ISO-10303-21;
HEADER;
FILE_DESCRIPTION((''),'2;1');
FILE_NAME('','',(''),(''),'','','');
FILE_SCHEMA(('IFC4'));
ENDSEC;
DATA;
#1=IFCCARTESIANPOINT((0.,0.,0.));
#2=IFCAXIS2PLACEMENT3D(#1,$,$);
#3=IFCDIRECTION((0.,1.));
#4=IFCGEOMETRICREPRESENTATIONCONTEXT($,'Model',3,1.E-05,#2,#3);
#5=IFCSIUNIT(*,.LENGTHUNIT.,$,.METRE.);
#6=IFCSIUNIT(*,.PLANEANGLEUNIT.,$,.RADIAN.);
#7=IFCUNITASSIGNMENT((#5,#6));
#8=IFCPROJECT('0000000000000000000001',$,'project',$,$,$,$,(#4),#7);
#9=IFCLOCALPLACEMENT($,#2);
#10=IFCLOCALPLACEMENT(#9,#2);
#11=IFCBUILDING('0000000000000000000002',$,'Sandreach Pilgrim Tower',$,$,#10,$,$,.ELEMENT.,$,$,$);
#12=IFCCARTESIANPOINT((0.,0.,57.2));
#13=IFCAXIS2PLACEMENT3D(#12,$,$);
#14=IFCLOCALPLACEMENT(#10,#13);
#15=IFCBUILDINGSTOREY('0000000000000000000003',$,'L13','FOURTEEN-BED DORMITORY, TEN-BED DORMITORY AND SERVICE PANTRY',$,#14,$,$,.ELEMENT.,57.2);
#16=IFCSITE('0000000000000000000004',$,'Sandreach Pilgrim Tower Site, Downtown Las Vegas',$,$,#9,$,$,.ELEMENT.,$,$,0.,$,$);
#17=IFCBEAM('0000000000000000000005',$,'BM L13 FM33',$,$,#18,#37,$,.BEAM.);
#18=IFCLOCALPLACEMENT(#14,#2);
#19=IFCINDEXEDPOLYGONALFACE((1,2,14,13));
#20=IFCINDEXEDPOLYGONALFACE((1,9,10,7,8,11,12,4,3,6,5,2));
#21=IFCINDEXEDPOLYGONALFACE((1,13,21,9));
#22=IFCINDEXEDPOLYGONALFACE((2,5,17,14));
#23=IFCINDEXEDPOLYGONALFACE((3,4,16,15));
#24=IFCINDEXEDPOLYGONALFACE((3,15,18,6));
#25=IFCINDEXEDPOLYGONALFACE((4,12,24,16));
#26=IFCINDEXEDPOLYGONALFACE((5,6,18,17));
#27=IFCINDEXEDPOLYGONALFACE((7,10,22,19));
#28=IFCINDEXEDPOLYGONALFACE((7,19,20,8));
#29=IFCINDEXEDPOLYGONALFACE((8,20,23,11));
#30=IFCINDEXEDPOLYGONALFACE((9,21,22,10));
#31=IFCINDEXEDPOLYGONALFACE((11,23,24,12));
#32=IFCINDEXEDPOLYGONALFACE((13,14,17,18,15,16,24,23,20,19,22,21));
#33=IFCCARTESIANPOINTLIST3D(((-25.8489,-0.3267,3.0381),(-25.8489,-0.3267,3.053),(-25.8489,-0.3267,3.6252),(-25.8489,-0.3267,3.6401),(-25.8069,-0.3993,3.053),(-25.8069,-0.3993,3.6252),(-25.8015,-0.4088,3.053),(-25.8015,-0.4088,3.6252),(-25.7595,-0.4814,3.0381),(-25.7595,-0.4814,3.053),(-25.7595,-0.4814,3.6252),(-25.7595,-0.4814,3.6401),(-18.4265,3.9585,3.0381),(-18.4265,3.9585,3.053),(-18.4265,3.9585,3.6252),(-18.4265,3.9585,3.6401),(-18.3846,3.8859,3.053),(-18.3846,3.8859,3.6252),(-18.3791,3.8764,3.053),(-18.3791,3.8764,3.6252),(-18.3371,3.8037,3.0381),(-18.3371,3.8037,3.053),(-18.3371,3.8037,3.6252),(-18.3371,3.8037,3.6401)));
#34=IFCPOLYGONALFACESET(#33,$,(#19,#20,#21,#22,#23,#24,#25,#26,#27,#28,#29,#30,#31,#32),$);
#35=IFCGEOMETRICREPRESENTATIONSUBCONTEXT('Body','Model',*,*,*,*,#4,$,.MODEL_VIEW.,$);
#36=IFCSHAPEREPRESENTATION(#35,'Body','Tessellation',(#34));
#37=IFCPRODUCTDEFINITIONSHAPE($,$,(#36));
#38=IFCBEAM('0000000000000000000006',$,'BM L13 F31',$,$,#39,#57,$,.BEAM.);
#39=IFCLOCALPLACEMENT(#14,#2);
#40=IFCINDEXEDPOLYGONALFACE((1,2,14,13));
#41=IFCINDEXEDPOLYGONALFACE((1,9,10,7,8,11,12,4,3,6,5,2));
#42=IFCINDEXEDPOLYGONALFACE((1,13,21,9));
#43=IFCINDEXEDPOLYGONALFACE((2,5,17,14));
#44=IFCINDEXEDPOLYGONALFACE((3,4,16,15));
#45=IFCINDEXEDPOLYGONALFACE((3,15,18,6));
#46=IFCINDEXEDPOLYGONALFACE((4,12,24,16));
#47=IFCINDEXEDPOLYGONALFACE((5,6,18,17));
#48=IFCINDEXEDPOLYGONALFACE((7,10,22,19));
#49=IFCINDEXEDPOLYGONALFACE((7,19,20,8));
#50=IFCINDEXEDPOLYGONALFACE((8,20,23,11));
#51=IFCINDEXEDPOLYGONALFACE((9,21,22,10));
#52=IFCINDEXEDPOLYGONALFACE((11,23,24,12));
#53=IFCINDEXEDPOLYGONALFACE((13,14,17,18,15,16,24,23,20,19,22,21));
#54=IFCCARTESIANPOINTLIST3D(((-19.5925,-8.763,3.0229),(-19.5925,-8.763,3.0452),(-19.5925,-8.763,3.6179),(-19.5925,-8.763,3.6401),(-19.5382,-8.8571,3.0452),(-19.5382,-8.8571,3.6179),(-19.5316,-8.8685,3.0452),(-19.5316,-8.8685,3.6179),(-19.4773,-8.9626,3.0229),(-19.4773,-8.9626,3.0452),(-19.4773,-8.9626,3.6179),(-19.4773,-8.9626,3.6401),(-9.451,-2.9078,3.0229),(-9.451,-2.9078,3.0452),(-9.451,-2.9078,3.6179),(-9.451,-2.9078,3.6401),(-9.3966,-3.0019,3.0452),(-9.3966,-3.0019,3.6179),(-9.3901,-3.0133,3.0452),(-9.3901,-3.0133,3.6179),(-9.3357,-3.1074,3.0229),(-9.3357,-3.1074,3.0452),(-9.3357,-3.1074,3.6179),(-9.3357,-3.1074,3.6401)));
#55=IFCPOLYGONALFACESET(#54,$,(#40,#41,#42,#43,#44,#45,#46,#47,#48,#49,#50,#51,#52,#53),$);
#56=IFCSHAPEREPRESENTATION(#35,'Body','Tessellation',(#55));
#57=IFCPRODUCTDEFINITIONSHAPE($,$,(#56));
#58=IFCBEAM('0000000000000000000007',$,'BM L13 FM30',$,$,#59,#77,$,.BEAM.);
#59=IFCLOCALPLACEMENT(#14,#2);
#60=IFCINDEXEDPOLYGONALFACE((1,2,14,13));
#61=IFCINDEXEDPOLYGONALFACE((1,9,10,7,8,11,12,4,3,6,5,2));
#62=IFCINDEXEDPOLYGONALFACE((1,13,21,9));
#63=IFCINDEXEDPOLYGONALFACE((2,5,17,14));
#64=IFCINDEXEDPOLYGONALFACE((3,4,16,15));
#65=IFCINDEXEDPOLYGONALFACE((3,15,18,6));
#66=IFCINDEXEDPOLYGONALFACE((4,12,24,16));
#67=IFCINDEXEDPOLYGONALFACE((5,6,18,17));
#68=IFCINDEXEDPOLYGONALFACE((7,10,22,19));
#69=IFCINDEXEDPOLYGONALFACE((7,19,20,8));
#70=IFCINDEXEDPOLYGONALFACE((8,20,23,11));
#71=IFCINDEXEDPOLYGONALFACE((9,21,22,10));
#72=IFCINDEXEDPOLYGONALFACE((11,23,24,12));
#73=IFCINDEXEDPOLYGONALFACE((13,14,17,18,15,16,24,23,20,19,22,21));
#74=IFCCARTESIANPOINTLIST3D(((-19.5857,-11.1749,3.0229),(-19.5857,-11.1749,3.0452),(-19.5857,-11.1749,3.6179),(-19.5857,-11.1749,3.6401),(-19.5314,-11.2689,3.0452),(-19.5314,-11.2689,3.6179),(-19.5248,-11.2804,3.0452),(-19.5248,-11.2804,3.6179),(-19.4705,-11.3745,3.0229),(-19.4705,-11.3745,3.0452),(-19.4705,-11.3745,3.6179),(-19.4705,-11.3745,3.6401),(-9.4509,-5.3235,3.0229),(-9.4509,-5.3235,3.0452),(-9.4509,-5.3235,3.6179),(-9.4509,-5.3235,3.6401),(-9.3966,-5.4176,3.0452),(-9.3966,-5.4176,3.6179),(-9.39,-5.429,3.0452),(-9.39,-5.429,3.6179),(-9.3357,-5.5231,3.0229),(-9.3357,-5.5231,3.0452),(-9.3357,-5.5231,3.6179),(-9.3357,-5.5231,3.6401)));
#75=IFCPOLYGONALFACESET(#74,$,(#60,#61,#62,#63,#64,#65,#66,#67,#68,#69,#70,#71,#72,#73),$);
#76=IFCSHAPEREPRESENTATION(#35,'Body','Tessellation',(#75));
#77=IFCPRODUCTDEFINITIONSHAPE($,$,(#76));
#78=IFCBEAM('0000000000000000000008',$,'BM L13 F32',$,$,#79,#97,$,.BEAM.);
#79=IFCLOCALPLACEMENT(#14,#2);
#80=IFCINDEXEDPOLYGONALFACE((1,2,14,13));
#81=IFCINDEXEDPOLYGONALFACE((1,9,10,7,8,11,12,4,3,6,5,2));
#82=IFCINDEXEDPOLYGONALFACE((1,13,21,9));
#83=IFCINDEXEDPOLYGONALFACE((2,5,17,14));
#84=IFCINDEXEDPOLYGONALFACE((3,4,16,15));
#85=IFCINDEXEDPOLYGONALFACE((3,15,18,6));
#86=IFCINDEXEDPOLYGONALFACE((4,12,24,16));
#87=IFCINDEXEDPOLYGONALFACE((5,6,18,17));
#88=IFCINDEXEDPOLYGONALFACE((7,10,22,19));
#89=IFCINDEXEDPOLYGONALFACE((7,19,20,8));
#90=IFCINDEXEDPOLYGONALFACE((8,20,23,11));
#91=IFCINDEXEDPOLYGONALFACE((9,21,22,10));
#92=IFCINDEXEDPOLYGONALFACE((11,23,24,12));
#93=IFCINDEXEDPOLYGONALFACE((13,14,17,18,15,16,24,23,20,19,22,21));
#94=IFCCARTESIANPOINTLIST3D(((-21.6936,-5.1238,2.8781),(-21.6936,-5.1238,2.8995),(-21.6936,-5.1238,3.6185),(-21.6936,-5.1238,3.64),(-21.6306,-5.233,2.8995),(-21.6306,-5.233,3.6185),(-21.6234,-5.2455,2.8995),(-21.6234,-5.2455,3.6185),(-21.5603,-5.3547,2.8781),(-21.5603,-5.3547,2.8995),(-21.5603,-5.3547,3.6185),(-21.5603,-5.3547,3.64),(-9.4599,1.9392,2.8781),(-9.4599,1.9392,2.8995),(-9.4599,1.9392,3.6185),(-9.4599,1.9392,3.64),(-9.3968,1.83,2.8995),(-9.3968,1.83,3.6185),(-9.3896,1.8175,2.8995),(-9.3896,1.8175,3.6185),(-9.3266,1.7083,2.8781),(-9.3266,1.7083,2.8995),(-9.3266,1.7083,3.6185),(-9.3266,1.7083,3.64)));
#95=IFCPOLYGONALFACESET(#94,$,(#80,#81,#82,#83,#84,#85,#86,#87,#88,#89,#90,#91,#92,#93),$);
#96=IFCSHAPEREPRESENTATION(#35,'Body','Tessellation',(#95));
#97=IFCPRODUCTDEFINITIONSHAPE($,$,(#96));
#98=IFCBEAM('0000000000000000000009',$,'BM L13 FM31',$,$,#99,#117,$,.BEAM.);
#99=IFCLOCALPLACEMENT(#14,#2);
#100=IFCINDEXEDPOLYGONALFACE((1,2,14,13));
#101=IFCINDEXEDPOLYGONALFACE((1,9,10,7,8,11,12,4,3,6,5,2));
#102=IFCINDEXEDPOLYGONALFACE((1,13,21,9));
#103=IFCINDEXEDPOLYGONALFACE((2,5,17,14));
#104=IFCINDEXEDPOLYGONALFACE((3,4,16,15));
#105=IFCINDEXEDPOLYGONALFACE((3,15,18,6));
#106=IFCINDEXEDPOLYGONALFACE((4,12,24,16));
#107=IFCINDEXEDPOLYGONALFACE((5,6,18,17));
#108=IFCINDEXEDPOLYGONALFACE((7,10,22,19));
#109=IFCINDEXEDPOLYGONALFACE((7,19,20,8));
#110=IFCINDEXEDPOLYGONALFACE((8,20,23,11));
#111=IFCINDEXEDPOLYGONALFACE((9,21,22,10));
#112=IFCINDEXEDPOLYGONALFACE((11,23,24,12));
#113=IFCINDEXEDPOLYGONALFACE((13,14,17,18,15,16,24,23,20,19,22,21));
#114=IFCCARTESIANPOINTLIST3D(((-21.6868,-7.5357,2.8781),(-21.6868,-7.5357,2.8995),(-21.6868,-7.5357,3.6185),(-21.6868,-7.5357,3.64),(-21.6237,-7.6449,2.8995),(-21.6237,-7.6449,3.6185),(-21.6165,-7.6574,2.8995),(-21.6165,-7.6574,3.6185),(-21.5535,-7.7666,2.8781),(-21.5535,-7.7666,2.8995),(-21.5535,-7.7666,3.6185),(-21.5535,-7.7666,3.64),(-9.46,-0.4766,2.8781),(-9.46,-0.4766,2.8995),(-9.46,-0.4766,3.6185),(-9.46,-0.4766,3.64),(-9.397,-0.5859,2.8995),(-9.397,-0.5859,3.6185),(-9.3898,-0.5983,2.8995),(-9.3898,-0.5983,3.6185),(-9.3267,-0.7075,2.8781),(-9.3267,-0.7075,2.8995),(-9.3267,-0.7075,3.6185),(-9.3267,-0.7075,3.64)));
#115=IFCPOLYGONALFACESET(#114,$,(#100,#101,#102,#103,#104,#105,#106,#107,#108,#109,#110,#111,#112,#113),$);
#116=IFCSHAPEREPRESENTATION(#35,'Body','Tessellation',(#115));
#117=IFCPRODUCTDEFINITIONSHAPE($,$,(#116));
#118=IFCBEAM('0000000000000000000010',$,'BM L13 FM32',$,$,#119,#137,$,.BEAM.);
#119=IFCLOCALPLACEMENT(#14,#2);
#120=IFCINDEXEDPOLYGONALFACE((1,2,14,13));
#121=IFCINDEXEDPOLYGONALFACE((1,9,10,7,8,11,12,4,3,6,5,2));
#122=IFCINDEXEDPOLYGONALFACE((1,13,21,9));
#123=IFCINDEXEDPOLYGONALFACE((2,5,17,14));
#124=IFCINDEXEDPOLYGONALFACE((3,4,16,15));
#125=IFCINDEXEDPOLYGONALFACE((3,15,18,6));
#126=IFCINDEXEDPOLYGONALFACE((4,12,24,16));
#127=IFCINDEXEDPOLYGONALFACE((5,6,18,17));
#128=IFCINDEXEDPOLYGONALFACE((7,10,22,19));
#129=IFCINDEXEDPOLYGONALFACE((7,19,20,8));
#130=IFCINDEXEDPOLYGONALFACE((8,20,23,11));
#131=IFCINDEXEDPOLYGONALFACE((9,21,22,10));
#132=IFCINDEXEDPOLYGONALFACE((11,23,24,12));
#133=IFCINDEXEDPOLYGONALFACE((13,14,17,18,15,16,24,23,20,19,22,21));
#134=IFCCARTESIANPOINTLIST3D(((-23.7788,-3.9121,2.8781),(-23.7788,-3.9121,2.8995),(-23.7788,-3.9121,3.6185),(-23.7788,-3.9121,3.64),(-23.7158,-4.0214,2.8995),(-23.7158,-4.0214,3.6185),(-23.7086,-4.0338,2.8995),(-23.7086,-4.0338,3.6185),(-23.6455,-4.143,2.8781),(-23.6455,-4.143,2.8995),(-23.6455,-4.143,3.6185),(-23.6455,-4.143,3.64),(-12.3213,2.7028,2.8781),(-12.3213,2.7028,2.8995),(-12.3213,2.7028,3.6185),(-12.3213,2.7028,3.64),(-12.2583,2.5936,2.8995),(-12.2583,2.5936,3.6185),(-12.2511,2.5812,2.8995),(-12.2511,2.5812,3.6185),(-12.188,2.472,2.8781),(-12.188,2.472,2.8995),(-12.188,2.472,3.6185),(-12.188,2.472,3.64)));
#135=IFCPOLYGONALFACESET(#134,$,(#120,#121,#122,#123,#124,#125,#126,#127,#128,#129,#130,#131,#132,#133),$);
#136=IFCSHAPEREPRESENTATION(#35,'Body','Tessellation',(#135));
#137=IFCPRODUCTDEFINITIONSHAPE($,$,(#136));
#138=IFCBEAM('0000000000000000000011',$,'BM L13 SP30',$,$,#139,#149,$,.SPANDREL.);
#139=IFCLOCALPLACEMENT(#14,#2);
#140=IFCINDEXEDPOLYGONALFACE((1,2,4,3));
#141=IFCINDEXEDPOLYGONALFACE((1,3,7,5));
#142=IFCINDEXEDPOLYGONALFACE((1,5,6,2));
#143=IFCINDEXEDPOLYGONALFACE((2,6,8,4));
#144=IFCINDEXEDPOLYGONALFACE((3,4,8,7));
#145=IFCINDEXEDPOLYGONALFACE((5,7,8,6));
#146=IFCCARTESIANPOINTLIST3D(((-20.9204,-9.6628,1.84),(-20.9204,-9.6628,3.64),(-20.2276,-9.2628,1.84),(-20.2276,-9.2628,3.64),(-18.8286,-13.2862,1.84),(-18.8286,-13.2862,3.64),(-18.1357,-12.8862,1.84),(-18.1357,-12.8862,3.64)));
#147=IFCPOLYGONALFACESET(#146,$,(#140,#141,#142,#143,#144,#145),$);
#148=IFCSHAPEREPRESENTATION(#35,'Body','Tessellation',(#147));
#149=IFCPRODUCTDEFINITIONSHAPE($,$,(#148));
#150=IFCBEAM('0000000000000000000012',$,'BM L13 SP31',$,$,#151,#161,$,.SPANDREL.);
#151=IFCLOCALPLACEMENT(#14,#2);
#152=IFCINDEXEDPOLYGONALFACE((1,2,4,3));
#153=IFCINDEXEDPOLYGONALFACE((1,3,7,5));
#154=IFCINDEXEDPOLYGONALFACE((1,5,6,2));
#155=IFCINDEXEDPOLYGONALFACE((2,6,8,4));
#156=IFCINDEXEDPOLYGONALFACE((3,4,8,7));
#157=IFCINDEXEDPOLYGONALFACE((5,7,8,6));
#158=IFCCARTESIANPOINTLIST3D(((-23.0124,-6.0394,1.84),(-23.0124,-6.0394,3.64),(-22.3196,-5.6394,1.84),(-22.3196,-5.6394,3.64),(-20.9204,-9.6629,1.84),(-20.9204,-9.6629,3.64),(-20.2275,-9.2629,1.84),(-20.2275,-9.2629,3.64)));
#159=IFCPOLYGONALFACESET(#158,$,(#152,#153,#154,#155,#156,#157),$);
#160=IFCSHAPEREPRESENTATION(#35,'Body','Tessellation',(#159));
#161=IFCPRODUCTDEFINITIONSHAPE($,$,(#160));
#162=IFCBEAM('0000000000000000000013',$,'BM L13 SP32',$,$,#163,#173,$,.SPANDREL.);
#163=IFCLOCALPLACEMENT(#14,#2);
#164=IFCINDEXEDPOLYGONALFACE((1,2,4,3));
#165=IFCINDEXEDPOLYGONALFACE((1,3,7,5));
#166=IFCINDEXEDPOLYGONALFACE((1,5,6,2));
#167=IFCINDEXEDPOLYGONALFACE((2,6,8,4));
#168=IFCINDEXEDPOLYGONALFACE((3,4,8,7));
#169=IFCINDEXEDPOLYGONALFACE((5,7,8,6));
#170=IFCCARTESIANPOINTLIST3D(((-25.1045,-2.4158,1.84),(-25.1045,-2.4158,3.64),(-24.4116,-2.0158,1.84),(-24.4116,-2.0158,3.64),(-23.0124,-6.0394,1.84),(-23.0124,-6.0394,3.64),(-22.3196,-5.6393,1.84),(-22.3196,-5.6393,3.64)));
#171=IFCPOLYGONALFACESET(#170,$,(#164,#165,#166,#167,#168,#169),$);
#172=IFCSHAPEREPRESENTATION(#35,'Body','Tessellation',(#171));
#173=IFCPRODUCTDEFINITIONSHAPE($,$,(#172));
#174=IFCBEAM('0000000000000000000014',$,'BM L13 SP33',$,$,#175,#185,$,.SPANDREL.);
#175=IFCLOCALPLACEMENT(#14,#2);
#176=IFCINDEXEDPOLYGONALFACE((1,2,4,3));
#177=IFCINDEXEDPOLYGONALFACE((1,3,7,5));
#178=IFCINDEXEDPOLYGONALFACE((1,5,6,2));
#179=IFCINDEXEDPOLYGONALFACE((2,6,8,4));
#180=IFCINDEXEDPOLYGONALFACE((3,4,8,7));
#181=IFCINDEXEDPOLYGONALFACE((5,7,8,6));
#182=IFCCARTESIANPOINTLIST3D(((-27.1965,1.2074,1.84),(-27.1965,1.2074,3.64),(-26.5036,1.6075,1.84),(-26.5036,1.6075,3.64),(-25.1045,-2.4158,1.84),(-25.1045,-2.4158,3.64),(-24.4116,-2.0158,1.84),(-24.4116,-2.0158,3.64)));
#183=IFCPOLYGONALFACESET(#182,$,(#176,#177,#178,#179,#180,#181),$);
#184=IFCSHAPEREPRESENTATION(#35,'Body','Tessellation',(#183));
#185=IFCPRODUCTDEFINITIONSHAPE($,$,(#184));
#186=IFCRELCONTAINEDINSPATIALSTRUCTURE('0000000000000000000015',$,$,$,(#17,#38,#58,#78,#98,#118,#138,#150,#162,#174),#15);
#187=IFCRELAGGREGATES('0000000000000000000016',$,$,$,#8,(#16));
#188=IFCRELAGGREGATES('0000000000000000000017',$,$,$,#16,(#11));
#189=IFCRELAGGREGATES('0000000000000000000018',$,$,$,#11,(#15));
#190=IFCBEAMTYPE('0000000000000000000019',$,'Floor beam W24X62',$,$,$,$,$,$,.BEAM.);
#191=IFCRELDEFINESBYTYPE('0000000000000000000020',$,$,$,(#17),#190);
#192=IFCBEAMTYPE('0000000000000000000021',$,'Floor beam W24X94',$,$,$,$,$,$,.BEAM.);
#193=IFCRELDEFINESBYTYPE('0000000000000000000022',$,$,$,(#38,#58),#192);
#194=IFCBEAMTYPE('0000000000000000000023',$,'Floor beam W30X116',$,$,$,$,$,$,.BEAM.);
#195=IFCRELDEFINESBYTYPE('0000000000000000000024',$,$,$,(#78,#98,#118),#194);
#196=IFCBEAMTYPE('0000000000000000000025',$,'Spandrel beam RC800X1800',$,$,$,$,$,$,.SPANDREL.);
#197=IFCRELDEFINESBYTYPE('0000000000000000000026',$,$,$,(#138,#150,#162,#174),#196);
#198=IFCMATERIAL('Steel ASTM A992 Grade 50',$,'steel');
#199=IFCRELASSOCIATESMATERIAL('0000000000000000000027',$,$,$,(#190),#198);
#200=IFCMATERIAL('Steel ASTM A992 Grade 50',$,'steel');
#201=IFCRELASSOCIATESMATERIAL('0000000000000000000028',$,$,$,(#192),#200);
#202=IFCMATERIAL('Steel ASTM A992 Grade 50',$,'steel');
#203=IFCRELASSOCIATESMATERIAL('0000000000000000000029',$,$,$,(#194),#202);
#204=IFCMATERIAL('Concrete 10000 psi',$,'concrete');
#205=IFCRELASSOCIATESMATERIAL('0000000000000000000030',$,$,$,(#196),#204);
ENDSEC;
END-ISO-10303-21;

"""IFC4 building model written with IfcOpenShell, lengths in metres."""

from ifc_helpers import new_model, si_unit, direction, frame, origin, origin_2d, place, context, subcontext, project, spatial, rectangle, i_section, extrude, material, material_profile, profile_set, type_object, element, save


model = new_model("IFC4")

# Units and contexts
model_context = context("Model", 3, precision=1e-05, world=origin(), true_north=direction((0.0, 1.0)))
body_context = subcontext(model_context, "Body", "Model", "MODEL_VIEW")
ifc_project = project(units=[si_unit("LENGTHUNIT", "METRE"), si_unit("PLANEANGLEUNIT", "RADIAN")], contexts=[model_context])

# Site, building, storey
site_placement = place(None, origin())
site = spatial("IfcSite", under=ifc_project, at=site_placement, Name="Sandreach Pilgrim Tower Site, Downtown Las Vegas", CompositionType="ELEMENT", RefElevation=0.0)
building_placement = place(site_placement, origin())
building = spatial("IfcBuilding", under=site, at=building_placement, Name="Sandreach Pilgrim Tower", CompositionType="ELEMENT")
storey_placement = place(building_placement, frame((0.0, 0.0, 57.2)))
storey = spatial("IfcBuildingStorey", under=building, at=storey_placement, Name="L13", Description="FOURTEEN-BED DORMITORY, TEN-BED DORMITORY AND SERVICE PANTRY", CompositionType="ELEMENT", Elevation=57.2)

# Beams
ifc_material_1 = material(Name="Steel ASTM A992 Grade 50", Category="steel")
ifc_material_profile_1 = material_profile(ifc_material_1, i_section(OverallWidth=0.1787, OverallDepth=0.6021, WebThickness=0.011, FlangeThickness=0.0149, at=origin_2d()), Name="W24X62")
ifc_profile_set_1 = profile_set([ifc_material_profile_1], Name="Steel ASTM A992 Grade 50")
beam_type_1 = type_object("IfcBeamType", Name="Floor beam W24X62", PredefinedType="BEAM", material=ifc_profile_set_1)
beam_1_placement = place(storey_placement, frame((-25.8042, -0.4041, 3.3391), z_axis=(0.866033, 0.499987, 0.0), x_axis=(-0.499987, 0.866033, 0.0)))
element("IfcBeam", 1, at=beam_1_placement, inside=storey, type_object=beam_type_1, Name="BM L13 FM33", PredefinedType="BEAM", context=body_context, shape_type="SweptSolid", body=[
    extrude(i_section(OverallWidth=0.1787, OverallDepth=0.6021, WebThickness=0.011, FlangeThickness=0.0149, at=origin_2d()), origin(), (0.0, 0.0, 1.0), 8.5706),
])
ifc_material_2 = material(Name="Steel ASTM A992 Grade 50", Category="steel")
ifc_material_profile_2 = material_profile(ifc_material_2, i_section(OverallWidth=0.2305, OverallDepth=0.6172, WebThickness=0.0132, FlangeThickness=0.0222, at=origin_2d()), Name="W24X94")
ifc_profile_set_2 = profile_set([ifc_material_profile_2], Name="Steel ASTM A992 Grade 50")
beam_type_2 = type_object("IfcBeamType", Name="Floor beam W24X94", PredefinedType="BEAM", material=ifc_profile_set_2)
beam_2_placement = place(storey_placement, frame((-19.5349, -8.8628, 3.3315), z_axis=(0.866027, 0.499998, 0.0), x_axis=(-0.499998, 0.866027, 0.0)))
element("IfcBeam", 2, at=beam_2_placement, inside=storey, type_object=beam_type_2, Name="BM L13 F31", PredefinedType="BEAM", context=body_context, shape_type="SweptSolid", body=[
    extrude(i_section(OverallWidth=0.2305, OverallDepth=0.6172, WebThickness=0.0132, FlangeThickness=0.0222, at=origin_2d()), origin(), (0.0, 0.0, 1.0), 11.7104),
])
beam_3_placement = place(storey_placement, frame((-19.5281, -11.2747, 3.3315), z_axis=(0.866025, 0.500001, 0.0), x_axis=(-0.500001, 0.866025, 0.0)))
element("IfcBeam", 3, at=beam_3_placement, inside=storey, type_object=beam_type_2, Name="BM L13 FM30", PredefinedType="BEAM", context=body_context, shape_type="SweptSolid", body=[
    extrude(i_section(OverallWidth=0.2305, OverallDepth=0.6172, WebThickness=0.0132, FlangeThickness=0.0222, at=origin_2d()), origin(), (0.0, 0.0, 1.0), 11.7026),
])
ifc_material_3 = material(Name="Steel ASTM A992 Grade 50", Category="steel")
ifc_material_profile_3 = material_profile(ifc_material_3, i_section(OverallWidth=0.2666, OverallDepth=0.762, WebThickness=0.0144, FlangeThickness=0.0215, at=origin_2d()), Name="W30X116")
ifc_profile_set_3 = profile_set([ifc_material_profile_3], Name="Steel ASTM A992 Grade 50")
beam_type_3 = type_object("IfcBeamType", Name="Floor beam W30X116", PredefinedType="BEAM", material=ifc_profile_set_3)
beam_4_placement = place(storey_placement, frame((-21.627, -5.2393, 3.259), z_axis=(0.866029, 0.499994, 0.0), x_axis=(-0.499994, 0.866029, 0.0)))
element("IfcBeam", 4, at=beam_4_placement, inside=storey, type_object=beam_type_3, Name="BM L13 F32", PredefinedType="BEAM", context=body_context, shape_type="SweptSolid", body=[
    extrude(i_section(OverallWidth=0.2666, OverallDepth=0.762, WebThickness=0.0144, FlangeThickness=0.0215, at=origin_2d()), origin(), (0.0, 0.0, 1.0), 14.1262),
])
beam_5_placement = place(storey_placement, frame((-21.6201, -7.6511, 3.259), z_axis=(0.866027, 0.499996, 0.0), x_axis=(-0.499996, 0.866027, 0.0)))
element("IfcBeam", 5, at=beam_5_placement, inside=storey, type_object=beam_type_3, Name="BM L13 FM31", PredefinedType="BEAM", context=body_context, shape_type="SweptSolid", body=[
    extrude(i_section(OverallWidth=0.2666, OverallDepth=0.762, WebThickness=0.0144, FlangeThickness=0.0215, at=origin_2d()), origin(), (0.0, 0.0, 1.0), 14.1182),
])
beam_6_placement = place(storey_placement, frame((-23.7122, -4.0276, 3.259), z_axis=(0.866026, 0.499999, 0.0), x_axis=(-0.499999, 0.866026, 0.0)))
element("IfcBeam", 6, at=beam_6_placement, inside=storey, type_object=beam_type_3, Name="BM L13 FM32", PredefinedType="BEAM", context=body_context, shape_type="SweptSolid", body=[
    extrude(i_section(OverallWidth=0.2666, OverallDepth=0.762, WebThickness=0.0144, FlangeThickness=0.0215, at=origin_2d()), origin(), (0.0, 0.0, 1.0), 13.23),
])
ifc_material_4 = material(Name="Concrete 10000 psi", Category="concrete")
ifc_material_profile_4 = material_profile(ifc_material_4, rectangle(XDim=0.8, YDim=1.8, at=origin_2d()), Name="RC800X1800")
ifc_profile_set_4 = profile_set([ifc_material_profile_4], Name="Concrete 10000 psi")
beam_type_4 = type_object("IfcBeamType", Name="Spandrel beam RC800X1800", PredefinedType="SPANDREL", material=ifc_profile_set_4)
beam_7_placement = place(storey_placement, frame((-18.4822, -13.0862, 2.74), z_axis=(-0.49998, 0.866037, 0.0), x_axis=(-0.866037, -0.49998, 0.0)))
element("IfcBeam", 7, at=beam_7_placement, inside=storey, type_object=beam_type_4, Name="BM L13 SP30", PredefinedType="SPANDREL", context=body_context, shape_type="SweptSolid", body=[
    extrude(rectangle(XDim=0.8, YDim=1.8, at=origin_2d()), origin(), (0.0, 0.0, 1.0), 4.1838),
])
for number, where, z_axis, x_axis, name in (
    (8, (-20.574, -9.4629, 2.74), (-0.499999, 0.866026, 0.0), (-0.866026, -0.499999, 0.0), "BM L13 SP31"),
    (9, (-22.666, -5.8394, 2.74), (-0.499999, 0.866026, 0.0), (-0.866026, -0.499999, 0.0), "BM L13 SP32"),
):
    element("IfcBeam", number, at=place(storey_placement, frame(where, z_axis=z_axis, x_axis=x_axis)), inside=storey, type_object=beam_type_4, Name=name, PredefinedType="SPANDREL", context=body_context, shape_type="SweptSolid", body=[
        extrude(rectangle(XDim=0.8, YDim=1.8, at=origin_2d()), origin(), (0.0, 0.0, 1.0), 4.1841),
    ])
beam_8_placement = place(storey_placement, frame((-24.7581, -2.2158, 2.74), z_axis=(-0.500024, 0.866012, 0.0), x_axis=(-0.866012, -0.500024, 0.0)))
element("IfcBeam", 10, at=beam_8_placement, inside=storey, type_object=beam_type_4, Name="BM L13 SP33", PredefinedType="SPANDREL", context=body_context, shape_type="SweptSolid", body=[
    extrude(rectangle(XDim=0.8, YDim=1.8, at=origin_2d()), origin(), (0.0, 0.0, 1.0), 4.1838),
])

save(model, "model.ifc")
